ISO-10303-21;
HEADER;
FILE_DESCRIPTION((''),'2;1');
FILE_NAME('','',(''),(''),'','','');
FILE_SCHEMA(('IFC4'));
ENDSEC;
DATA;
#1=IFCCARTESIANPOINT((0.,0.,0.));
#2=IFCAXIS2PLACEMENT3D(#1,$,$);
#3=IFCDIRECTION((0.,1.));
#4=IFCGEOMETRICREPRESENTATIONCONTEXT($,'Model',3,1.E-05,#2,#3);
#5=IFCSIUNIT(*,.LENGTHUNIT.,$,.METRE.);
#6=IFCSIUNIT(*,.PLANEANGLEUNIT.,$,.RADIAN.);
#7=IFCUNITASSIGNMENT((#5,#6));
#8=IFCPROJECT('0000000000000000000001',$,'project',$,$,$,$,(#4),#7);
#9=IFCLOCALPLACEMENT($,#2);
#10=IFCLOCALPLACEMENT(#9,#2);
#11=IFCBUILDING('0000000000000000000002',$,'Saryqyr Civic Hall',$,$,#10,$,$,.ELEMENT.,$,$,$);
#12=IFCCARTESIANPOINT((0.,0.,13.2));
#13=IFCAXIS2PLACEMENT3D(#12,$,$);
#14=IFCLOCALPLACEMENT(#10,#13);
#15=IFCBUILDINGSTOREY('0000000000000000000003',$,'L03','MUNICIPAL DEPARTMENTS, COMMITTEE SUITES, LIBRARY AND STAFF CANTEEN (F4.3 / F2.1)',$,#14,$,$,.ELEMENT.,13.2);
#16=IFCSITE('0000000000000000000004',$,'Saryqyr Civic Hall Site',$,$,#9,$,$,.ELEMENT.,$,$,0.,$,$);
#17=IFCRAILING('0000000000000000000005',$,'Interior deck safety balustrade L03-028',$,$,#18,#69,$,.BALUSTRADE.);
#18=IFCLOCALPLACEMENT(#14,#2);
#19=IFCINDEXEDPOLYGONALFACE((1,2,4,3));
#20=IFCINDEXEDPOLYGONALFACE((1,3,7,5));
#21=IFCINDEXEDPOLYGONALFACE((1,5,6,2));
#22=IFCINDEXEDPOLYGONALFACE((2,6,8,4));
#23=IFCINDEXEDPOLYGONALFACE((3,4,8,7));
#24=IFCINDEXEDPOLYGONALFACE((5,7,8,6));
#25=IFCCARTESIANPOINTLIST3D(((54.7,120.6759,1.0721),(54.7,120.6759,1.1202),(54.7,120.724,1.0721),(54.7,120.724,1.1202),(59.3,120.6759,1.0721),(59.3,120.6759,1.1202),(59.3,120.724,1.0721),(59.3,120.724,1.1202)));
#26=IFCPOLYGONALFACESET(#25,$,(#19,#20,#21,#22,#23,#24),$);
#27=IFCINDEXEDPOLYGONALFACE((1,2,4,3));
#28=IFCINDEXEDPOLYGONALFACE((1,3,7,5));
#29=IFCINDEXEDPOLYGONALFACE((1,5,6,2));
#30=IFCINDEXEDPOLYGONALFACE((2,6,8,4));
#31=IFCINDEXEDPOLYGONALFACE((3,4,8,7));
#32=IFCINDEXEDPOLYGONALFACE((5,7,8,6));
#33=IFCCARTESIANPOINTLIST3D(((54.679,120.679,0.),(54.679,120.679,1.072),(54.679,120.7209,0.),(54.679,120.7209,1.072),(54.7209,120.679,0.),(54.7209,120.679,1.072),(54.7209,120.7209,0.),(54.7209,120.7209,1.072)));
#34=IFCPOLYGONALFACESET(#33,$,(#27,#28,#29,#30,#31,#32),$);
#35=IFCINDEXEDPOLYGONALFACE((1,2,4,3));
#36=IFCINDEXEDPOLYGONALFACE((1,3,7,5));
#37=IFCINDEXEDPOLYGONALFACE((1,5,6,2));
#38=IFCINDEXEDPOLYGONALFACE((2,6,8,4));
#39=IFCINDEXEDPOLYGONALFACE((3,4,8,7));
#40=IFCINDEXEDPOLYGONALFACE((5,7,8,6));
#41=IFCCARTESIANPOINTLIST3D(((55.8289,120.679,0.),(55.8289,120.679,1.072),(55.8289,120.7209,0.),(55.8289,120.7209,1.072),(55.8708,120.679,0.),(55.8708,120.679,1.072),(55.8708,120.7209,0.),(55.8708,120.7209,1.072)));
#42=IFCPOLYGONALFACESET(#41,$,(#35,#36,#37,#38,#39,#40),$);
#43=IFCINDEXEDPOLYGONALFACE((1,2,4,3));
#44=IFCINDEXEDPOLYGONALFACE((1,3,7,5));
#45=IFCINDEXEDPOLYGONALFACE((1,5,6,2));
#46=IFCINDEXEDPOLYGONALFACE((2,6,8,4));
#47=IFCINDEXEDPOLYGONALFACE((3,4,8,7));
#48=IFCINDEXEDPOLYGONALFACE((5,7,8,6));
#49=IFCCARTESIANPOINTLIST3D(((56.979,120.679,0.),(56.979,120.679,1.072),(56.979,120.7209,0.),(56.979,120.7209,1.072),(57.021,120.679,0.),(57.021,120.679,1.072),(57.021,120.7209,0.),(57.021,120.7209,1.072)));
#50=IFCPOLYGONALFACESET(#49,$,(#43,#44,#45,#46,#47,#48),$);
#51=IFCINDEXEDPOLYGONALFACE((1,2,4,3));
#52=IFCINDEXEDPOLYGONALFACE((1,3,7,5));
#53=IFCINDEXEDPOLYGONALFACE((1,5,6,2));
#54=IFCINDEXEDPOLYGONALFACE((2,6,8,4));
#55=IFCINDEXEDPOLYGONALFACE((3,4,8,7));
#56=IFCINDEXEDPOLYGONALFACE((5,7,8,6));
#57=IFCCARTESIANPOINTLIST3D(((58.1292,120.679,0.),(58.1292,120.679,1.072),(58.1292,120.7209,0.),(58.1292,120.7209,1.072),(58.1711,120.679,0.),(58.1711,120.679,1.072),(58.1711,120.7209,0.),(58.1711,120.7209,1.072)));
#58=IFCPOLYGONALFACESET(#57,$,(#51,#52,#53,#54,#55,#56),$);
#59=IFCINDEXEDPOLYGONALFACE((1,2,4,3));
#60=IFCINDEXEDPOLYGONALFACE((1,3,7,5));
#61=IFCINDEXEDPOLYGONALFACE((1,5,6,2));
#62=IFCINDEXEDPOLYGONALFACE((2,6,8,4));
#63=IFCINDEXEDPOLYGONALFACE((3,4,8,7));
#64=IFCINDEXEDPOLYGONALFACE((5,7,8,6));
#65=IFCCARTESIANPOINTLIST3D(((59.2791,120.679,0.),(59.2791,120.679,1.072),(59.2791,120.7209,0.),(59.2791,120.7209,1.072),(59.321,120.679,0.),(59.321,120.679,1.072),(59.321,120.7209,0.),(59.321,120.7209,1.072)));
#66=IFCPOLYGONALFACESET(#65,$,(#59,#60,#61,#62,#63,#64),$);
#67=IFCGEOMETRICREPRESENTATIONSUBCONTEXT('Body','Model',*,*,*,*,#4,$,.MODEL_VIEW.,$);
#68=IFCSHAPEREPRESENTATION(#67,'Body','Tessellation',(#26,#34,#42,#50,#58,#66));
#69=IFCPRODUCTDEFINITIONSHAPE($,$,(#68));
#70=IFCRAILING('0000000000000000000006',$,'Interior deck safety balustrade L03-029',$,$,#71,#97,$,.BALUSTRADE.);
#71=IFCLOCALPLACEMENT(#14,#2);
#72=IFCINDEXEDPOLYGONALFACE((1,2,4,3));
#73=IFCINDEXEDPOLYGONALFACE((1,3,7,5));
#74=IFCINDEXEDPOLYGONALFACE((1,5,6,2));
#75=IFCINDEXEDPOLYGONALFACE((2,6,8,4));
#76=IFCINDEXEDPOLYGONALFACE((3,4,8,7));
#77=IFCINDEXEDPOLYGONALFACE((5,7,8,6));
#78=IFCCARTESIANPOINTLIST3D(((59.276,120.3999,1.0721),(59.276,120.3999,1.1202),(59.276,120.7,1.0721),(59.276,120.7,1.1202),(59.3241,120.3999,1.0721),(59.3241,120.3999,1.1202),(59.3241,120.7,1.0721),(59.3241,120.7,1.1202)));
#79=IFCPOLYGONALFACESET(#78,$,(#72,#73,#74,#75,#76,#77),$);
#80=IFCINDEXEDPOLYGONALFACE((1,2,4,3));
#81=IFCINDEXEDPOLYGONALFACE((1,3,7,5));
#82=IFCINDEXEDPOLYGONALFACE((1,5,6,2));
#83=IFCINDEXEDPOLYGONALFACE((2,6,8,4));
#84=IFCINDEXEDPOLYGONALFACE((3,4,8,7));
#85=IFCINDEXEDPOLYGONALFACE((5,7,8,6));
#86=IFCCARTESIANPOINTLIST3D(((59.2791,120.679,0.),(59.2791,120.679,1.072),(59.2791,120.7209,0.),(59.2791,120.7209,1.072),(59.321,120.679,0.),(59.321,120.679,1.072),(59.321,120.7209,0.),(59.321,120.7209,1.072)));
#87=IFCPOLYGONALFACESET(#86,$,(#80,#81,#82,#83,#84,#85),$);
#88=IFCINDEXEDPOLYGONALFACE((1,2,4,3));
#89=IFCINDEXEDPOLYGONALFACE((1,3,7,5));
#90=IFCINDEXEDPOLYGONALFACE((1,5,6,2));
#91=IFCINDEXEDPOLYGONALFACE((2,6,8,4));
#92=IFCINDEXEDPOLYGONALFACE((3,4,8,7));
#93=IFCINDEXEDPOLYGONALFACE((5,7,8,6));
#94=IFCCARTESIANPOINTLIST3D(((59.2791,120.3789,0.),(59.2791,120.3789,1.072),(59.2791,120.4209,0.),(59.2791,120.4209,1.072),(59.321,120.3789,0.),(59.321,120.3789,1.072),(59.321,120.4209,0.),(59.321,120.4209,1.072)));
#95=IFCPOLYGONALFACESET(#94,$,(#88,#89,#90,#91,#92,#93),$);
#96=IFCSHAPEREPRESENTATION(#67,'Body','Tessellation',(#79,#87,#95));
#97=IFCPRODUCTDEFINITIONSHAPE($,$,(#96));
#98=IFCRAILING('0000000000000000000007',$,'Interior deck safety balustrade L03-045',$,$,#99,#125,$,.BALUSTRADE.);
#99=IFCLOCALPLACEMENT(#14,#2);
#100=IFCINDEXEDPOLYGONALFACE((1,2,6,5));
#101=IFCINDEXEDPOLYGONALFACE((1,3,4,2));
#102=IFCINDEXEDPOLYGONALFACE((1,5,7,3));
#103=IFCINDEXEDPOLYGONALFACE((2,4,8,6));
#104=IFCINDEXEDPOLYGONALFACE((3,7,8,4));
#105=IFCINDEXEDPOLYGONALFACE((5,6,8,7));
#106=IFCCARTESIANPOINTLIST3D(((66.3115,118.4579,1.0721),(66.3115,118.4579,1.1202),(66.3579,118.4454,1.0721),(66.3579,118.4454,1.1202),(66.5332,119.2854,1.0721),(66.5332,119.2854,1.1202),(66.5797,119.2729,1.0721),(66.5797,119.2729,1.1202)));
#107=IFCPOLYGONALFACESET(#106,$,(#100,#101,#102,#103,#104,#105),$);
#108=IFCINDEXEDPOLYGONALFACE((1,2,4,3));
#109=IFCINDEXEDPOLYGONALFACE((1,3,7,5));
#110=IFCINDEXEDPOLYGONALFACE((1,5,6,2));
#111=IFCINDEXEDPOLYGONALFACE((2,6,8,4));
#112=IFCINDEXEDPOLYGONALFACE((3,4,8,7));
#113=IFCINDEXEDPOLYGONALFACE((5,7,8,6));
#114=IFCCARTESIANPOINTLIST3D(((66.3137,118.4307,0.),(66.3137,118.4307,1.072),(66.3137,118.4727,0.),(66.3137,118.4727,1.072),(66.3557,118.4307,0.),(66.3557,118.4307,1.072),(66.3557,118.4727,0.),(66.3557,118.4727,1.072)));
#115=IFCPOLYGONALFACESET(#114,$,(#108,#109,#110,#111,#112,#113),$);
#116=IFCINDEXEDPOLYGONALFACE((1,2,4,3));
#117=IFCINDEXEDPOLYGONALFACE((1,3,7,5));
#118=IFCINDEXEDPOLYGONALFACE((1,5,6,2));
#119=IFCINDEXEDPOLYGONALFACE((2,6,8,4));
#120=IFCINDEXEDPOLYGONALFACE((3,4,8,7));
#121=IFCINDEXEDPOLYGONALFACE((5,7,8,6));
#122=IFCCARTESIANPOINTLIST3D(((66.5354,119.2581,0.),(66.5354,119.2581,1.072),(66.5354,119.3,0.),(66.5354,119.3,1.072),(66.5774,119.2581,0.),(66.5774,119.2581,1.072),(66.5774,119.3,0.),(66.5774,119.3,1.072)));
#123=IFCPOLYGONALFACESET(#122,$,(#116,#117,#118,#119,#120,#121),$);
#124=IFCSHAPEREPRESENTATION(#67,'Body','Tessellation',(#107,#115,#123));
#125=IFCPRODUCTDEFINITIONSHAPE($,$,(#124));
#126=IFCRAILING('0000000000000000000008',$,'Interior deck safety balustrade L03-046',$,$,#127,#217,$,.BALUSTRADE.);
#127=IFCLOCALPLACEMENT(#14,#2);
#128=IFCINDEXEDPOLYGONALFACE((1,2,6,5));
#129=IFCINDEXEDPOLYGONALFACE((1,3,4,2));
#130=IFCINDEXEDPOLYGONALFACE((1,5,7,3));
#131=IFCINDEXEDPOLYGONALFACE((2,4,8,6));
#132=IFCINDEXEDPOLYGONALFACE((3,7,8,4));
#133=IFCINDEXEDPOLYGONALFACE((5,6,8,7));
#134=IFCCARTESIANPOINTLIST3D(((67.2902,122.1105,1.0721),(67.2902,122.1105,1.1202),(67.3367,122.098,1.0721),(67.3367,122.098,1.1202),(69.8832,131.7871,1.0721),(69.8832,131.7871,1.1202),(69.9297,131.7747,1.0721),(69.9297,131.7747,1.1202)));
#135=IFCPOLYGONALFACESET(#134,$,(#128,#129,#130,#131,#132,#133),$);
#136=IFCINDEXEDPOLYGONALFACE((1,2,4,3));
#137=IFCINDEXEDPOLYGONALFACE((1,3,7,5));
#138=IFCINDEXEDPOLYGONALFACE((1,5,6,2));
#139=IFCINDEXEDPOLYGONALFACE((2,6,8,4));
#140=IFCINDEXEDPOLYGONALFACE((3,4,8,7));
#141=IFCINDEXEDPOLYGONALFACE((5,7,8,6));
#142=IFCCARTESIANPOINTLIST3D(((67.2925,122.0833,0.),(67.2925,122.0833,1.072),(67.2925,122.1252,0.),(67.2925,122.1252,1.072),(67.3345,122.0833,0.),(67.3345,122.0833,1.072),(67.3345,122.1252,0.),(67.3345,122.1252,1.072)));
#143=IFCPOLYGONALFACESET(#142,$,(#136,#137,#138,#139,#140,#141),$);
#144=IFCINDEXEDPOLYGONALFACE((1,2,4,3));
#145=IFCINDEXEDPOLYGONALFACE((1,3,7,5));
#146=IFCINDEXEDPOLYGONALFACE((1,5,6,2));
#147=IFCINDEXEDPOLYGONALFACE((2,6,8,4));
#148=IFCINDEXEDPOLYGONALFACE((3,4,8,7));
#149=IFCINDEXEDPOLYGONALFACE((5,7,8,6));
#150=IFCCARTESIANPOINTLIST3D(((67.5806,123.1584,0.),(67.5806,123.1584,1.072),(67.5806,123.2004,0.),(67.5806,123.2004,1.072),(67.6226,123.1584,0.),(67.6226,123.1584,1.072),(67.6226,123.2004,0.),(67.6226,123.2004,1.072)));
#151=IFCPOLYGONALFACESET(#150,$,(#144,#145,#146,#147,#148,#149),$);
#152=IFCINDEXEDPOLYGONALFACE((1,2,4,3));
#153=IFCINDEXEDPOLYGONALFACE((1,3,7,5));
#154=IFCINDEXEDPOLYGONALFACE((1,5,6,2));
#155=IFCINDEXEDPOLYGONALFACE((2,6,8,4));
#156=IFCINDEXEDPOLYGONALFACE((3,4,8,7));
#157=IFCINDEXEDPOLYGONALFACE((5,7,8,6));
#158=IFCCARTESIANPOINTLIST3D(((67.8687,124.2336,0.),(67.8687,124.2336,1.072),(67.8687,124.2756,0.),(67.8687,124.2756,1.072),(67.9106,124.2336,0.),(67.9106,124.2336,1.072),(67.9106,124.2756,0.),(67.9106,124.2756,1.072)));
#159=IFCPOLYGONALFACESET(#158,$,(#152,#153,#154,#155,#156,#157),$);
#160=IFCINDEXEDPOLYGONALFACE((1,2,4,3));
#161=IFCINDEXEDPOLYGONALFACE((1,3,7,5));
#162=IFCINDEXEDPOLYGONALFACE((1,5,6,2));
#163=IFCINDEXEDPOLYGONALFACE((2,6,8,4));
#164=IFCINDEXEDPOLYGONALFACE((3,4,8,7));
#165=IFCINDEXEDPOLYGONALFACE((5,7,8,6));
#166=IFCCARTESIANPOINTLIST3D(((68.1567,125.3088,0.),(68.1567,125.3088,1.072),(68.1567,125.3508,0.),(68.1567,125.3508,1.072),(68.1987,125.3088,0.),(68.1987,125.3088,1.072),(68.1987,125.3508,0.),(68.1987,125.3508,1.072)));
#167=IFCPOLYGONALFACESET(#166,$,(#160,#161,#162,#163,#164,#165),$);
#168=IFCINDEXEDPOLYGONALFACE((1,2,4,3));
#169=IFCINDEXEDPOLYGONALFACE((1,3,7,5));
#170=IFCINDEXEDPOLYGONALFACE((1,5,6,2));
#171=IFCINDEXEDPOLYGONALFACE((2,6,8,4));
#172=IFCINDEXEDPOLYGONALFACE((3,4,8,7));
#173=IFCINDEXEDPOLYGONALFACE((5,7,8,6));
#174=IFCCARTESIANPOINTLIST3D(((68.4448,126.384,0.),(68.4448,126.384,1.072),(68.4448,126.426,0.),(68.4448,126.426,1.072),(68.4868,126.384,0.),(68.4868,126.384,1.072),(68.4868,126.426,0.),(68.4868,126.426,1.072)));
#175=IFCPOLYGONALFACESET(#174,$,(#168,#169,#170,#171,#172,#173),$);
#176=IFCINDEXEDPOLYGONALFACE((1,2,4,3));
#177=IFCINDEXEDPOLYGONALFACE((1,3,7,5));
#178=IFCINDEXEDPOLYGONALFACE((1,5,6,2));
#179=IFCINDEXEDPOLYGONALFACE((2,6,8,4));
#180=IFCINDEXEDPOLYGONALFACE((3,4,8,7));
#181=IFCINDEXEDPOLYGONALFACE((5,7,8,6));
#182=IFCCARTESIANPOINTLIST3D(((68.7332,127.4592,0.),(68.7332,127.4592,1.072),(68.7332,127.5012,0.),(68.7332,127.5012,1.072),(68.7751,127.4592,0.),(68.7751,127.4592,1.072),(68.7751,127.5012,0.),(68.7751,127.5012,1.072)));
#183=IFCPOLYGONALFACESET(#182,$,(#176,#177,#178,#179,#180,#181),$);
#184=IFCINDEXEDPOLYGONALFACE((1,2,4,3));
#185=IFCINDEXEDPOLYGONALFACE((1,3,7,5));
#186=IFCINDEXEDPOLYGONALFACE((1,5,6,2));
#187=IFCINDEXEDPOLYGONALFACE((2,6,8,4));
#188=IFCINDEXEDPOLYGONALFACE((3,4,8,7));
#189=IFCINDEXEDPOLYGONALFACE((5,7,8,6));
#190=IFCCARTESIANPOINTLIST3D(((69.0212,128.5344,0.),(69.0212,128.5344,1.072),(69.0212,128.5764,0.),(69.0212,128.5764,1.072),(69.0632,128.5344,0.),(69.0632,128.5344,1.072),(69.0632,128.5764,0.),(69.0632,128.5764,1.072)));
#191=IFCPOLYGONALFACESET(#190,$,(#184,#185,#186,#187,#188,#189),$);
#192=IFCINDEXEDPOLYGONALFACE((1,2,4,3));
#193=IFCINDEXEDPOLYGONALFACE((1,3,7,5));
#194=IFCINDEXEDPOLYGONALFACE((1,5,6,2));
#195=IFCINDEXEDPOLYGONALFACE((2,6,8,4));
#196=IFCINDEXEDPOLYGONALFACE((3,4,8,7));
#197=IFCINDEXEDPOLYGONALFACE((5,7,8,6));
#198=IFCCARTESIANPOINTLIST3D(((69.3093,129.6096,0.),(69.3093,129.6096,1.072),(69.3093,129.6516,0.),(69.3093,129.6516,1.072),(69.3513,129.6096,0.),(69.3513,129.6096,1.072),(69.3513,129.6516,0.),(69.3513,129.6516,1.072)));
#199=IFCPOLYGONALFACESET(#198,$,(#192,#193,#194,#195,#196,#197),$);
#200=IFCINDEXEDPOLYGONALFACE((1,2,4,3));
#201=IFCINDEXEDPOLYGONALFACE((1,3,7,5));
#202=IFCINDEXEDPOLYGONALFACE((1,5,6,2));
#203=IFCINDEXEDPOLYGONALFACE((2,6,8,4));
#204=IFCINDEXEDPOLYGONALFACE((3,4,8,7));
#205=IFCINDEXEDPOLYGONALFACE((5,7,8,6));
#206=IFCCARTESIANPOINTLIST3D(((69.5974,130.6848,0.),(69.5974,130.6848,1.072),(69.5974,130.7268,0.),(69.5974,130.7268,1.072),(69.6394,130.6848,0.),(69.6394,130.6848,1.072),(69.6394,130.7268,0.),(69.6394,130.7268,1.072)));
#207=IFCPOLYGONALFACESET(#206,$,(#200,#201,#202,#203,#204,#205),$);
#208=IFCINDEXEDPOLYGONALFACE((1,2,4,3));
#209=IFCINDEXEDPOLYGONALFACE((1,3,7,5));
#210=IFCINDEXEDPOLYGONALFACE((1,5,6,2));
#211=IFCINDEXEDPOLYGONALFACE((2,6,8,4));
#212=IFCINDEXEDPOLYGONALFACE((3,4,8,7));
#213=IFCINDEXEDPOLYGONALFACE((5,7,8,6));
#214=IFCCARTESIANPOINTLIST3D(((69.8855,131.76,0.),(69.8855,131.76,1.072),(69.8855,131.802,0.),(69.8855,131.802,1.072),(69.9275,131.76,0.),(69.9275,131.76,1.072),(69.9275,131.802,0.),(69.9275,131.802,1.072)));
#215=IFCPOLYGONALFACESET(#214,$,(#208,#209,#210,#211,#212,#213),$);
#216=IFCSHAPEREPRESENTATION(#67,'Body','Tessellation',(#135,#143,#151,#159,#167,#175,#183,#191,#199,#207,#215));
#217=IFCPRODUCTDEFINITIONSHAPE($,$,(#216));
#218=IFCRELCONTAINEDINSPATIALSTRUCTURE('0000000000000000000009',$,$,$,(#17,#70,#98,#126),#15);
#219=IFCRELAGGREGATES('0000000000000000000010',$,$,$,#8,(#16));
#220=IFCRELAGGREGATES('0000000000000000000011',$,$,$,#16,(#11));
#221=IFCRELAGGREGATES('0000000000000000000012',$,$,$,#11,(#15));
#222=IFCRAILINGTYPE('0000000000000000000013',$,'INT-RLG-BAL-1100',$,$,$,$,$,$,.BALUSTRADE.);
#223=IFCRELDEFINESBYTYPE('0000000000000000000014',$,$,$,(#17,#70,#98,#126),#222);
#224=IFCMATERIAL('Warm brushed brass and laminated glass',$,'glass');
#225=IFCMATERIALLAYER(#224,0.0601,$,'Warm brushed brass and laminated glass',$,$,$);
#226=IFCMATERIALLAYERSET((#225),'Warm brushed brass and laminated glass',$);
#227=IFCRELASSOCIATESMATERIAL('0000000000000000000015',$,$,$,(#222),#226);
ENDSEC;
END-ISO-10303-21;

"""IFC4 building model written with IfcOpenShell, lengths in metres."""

from ifc_helpers import new_model, si_unit, direction, frame, origin, origin_2d, place, context, subcontext, project, spatial, rectangle, extrude, material, layer, layer_set, type_object, element, save


model = new_model("IFC4")

# Units and contexts
model_context = context("Model", 3, precision=1e-05, world=origin(), true_north=direction((0.0, 1.0)))
body_context = subcontext(model_context, "Body", "Model", "MODEL_VIEW")
ifc_project = project(units=[si_unit("LENGTHUNIT", "METRE"), si_unit("PLANEANGLEUNIT", "RADIAN")], contexts=[model_context])

# Site, building, storey
site_placement = place(None, origin())
site = spatial("IfcSite", under=ifc_project, at=site_placement, Name="Saryqyr Civic Hall Site", CompositionType="ELEMENT", RefElevation=0.0)
building_placement = place(site_placement, origin())
building = spatial("IfcBuilding", under=site, at=building_placement, Name="Saryqyr Civic Hall", CompositionType="ELEMENT")
storey_placement = place(building_placement, frame((0.0, 0.0, 13.2)))
storey = spatial("IfcBuildingStorey", under=building, at=storey_placement, Name="L03", Description="MUNICIPAL DEPARTMENTS, COMMITTEE SUITES, LIBRARY AND STAFF CANTEEN (F4.3 / F2.1)", CompositionType="ELEMENT", Elevation=13.2)

# Railings
ifc_material_1 = material(Name="Warm brushed brass and laminated glass", Category="glass")
ifc_layer_1 = layer(ifc_material_1, 0.0601, Name="Warm brushed brass and laminated glass")
ifc_layer_set_1 = layer_set([ifc_layer_1], Name="Warm brushed brass and laminated glass")
railing_type = type_object("IfcRailingType", Name="INT-RLG-BAL-1100", PredefinedType="BALUSTRADE", material=ifc_layer_set_1)
railing_1_placement = place(storey_placement, frame((54.7, 120.7, 0.0)))
element("IfcRailing", 1, at=railing_1_placement, inside=storey, type_object=railing_type, Name="Interior deck safety balustrade L03-028", PredefinedType="BALUSTRADE", context=body_context, shape_type="SweptSolid", body=[
    extrude(rectangle(XDim=0.0481, YDim=0.0481, at=origin_2d()), frame((0.0, 0.0, 1.0962), z_axis=(1.0, 0.0, 0.0), x_axis=(0.0, 1.0, 0.0)), (0.0, 0.0, 1.0), 4.6001),
    extrude(rectangle(XDim=0.042, YDim=0.042, at=origin_2d()), origin(), (0.0, 0.0, 1.0), 1.072),
    extrude(rectangle(XDim=0.042, YDim=0.042, at=origin_2d()), frame((1.1499, 0.0, 0.0)), (0.0, 0.0, 1.0), 1.072),
    extrude(rectangle(XDim=0.042, YDim=0.042, at=origin_2d()), frame((2.3, 0.0, 0.0)), (0.0, 0.0, 1.0), 1.072),
    extrude(rectangle(XDim=0.042, YDim=0.042, at=origin_2d()), frame((3.4502, 0.0, 0.0)), (0.0, 0.0, 1.0), 1.072),
    extrude(rectangle(XDim=0.042, YDim=0.042, at=origin_2d()), frame((4.6001, 0.0, 0.0)), (0.0, 0.0, 1.0), 1.072),
])
railing_2_placement = place(storey_placement, frame((59.3, 120.7, 0.0)))
element("IfcRailing", 2, at=railing_2_placement, inside=storey, type_object=railing_type, Name="Interior deck safety balustrade L03-029", PredefinedType="BALUSTRADE", context=body_context, shape_type="SweptSolid", body=[
    extrude(rectangle(XDim=0.0481, YDim=0.0481, at=origin_2d()), frame((0.0, 0.0, 1.0962), z_axis=(0.0, -1.0, 0.0), x_axis=(1.0, 0.0, 0.0)), (0.0, 0.0, 1.0), 0.3),
    extrude(rectangle(XDim=0.042, YDim=0.042, at=origin_2d()), origin(), (0.0, 0.0, 1.0), 1.072),
    extrude(rectangle(XDim=0.042, YDim=0.042, at=origin_2d()), frame((0.0, -0.3, 0.0)), (0.0, 0.0, 1.0), 1.072),
])
railing_3_placement = place(storey_placement, frame((66.3347, 118.4517, 0.0)))
element("IfcRailing", 3, at=railing_3_placement, inside=storey, type_object=railing_type, Name="Interior deck safety balustrade L03-045", PredefinedType="BALUSTRADE", context=body_context, shape_type="SweptSolid", body=[
    extrude(rectangle(XDim=0.0481, YDim=0.0481, at=origin_2d()), frame((0.0, 0.0, 1.0962), z_axis=(0.258798, 0.965932, 0.0), x_axis=(-0.965932, 0.258798, 0.0)), (0.0, 0.0, 1.0), 0.8567),
    extrude(rectangle(XDim=0.042, YDim=0.042, at=origin_2d()), origin(), (0.0, 0.0, 1.0), 1.072),
    extrude(rectangle(XDim=0.042, YDim=0.042, at=origin_2d()), frame((0.2217, 0.8274, 0.0)), (0.0, 0.0, 1.0), 1.072),
])
railing_4_placement = place(storey_placement, frame((67.3135, 122.1042, 0.0)))
element("IfcRailing", 4, at=railing_4_placement, inside=storey, type_object=railing_type, Name="Interior deck safety balustrade L03-046", PredefinedType="BALUSTRADE", context=body_context, shape_type="SweptSolid", body=[
    extrude(rectangle(XDim=0.0481, YDim=0.0481, at=origin_2d()), frame((0.0, 0.0, 1.0962), z_axis=(0.258832, 0.965922, 0.0), x_axis=(-0.965922, 0.258832, 0.0)), (0.0, 0.0, 1.0), 10.0181),
    extrude(rectangle(XDim=0.042, YDim=0.042, at=origin_2d()), origin(), (0.0, 0.0, 1.0), 1.072),
    extrude(rectangle(XDim=0.042, YDim=0.042, at=origin_2d()), frame((0.2881, 1.0752, 0.0)), (0.0, 0.0, 1.0), 1.072),
    extrude(rectangle(XDim=0.042, YDim=0.042, at=origin_2d()), frame((0.5762, 2.1504, 0.0)), (0.0, 0.0, 1.0), 1.072),
    extrude(rectangle(XDim=0.042, YDim=0.042, at=origin_2d()), frame((0.8643, 3.2256, 0.0)), (0.0, 0.0, 1.0), 1.072),
    extrude(rectangle(XDim=0.042, YDim=0.042, at=origin_2d()), frame((1.1523, 4.3008, 0.0)), (0.0, 0.0, 1.0), 1.072),
    extrude(rectangle(XDim=0.042, YDim=0.042, at=origin_2d()), frame((1.4407, 5.376, 0.0)), (0.0, 0.0, 1.0), 1.072),
    extrude(rectangle(XDim=0.042, YDim=0.042, at=origin_2d()), frame((1.7288, 6.4512, 0.0)), (0.0, 0.0, 1.0), 1.072),
    extrude(rectangle(XDim=0.042, YDim=0.042, at=origin_2d()), frame((2.0168, 7.5264, 0.0)), (0.0, 0.0, 1.0), 1.072),
    extrude(rectangle(XDim=0.042, YDim=0.042, at=origin_2d()), frame((2.3049, 8.6016, 0.0)), (0.0, 0.0, 1.0), 1.072),
    extrude(rectangle(XDim=0.042, YDim=0.042, at=origin_2d()), frame((2.593, 9.6768, 0.0)), (0.0, 0.0, 1.0), 1.072),
])

save(model, "model.ifc")
